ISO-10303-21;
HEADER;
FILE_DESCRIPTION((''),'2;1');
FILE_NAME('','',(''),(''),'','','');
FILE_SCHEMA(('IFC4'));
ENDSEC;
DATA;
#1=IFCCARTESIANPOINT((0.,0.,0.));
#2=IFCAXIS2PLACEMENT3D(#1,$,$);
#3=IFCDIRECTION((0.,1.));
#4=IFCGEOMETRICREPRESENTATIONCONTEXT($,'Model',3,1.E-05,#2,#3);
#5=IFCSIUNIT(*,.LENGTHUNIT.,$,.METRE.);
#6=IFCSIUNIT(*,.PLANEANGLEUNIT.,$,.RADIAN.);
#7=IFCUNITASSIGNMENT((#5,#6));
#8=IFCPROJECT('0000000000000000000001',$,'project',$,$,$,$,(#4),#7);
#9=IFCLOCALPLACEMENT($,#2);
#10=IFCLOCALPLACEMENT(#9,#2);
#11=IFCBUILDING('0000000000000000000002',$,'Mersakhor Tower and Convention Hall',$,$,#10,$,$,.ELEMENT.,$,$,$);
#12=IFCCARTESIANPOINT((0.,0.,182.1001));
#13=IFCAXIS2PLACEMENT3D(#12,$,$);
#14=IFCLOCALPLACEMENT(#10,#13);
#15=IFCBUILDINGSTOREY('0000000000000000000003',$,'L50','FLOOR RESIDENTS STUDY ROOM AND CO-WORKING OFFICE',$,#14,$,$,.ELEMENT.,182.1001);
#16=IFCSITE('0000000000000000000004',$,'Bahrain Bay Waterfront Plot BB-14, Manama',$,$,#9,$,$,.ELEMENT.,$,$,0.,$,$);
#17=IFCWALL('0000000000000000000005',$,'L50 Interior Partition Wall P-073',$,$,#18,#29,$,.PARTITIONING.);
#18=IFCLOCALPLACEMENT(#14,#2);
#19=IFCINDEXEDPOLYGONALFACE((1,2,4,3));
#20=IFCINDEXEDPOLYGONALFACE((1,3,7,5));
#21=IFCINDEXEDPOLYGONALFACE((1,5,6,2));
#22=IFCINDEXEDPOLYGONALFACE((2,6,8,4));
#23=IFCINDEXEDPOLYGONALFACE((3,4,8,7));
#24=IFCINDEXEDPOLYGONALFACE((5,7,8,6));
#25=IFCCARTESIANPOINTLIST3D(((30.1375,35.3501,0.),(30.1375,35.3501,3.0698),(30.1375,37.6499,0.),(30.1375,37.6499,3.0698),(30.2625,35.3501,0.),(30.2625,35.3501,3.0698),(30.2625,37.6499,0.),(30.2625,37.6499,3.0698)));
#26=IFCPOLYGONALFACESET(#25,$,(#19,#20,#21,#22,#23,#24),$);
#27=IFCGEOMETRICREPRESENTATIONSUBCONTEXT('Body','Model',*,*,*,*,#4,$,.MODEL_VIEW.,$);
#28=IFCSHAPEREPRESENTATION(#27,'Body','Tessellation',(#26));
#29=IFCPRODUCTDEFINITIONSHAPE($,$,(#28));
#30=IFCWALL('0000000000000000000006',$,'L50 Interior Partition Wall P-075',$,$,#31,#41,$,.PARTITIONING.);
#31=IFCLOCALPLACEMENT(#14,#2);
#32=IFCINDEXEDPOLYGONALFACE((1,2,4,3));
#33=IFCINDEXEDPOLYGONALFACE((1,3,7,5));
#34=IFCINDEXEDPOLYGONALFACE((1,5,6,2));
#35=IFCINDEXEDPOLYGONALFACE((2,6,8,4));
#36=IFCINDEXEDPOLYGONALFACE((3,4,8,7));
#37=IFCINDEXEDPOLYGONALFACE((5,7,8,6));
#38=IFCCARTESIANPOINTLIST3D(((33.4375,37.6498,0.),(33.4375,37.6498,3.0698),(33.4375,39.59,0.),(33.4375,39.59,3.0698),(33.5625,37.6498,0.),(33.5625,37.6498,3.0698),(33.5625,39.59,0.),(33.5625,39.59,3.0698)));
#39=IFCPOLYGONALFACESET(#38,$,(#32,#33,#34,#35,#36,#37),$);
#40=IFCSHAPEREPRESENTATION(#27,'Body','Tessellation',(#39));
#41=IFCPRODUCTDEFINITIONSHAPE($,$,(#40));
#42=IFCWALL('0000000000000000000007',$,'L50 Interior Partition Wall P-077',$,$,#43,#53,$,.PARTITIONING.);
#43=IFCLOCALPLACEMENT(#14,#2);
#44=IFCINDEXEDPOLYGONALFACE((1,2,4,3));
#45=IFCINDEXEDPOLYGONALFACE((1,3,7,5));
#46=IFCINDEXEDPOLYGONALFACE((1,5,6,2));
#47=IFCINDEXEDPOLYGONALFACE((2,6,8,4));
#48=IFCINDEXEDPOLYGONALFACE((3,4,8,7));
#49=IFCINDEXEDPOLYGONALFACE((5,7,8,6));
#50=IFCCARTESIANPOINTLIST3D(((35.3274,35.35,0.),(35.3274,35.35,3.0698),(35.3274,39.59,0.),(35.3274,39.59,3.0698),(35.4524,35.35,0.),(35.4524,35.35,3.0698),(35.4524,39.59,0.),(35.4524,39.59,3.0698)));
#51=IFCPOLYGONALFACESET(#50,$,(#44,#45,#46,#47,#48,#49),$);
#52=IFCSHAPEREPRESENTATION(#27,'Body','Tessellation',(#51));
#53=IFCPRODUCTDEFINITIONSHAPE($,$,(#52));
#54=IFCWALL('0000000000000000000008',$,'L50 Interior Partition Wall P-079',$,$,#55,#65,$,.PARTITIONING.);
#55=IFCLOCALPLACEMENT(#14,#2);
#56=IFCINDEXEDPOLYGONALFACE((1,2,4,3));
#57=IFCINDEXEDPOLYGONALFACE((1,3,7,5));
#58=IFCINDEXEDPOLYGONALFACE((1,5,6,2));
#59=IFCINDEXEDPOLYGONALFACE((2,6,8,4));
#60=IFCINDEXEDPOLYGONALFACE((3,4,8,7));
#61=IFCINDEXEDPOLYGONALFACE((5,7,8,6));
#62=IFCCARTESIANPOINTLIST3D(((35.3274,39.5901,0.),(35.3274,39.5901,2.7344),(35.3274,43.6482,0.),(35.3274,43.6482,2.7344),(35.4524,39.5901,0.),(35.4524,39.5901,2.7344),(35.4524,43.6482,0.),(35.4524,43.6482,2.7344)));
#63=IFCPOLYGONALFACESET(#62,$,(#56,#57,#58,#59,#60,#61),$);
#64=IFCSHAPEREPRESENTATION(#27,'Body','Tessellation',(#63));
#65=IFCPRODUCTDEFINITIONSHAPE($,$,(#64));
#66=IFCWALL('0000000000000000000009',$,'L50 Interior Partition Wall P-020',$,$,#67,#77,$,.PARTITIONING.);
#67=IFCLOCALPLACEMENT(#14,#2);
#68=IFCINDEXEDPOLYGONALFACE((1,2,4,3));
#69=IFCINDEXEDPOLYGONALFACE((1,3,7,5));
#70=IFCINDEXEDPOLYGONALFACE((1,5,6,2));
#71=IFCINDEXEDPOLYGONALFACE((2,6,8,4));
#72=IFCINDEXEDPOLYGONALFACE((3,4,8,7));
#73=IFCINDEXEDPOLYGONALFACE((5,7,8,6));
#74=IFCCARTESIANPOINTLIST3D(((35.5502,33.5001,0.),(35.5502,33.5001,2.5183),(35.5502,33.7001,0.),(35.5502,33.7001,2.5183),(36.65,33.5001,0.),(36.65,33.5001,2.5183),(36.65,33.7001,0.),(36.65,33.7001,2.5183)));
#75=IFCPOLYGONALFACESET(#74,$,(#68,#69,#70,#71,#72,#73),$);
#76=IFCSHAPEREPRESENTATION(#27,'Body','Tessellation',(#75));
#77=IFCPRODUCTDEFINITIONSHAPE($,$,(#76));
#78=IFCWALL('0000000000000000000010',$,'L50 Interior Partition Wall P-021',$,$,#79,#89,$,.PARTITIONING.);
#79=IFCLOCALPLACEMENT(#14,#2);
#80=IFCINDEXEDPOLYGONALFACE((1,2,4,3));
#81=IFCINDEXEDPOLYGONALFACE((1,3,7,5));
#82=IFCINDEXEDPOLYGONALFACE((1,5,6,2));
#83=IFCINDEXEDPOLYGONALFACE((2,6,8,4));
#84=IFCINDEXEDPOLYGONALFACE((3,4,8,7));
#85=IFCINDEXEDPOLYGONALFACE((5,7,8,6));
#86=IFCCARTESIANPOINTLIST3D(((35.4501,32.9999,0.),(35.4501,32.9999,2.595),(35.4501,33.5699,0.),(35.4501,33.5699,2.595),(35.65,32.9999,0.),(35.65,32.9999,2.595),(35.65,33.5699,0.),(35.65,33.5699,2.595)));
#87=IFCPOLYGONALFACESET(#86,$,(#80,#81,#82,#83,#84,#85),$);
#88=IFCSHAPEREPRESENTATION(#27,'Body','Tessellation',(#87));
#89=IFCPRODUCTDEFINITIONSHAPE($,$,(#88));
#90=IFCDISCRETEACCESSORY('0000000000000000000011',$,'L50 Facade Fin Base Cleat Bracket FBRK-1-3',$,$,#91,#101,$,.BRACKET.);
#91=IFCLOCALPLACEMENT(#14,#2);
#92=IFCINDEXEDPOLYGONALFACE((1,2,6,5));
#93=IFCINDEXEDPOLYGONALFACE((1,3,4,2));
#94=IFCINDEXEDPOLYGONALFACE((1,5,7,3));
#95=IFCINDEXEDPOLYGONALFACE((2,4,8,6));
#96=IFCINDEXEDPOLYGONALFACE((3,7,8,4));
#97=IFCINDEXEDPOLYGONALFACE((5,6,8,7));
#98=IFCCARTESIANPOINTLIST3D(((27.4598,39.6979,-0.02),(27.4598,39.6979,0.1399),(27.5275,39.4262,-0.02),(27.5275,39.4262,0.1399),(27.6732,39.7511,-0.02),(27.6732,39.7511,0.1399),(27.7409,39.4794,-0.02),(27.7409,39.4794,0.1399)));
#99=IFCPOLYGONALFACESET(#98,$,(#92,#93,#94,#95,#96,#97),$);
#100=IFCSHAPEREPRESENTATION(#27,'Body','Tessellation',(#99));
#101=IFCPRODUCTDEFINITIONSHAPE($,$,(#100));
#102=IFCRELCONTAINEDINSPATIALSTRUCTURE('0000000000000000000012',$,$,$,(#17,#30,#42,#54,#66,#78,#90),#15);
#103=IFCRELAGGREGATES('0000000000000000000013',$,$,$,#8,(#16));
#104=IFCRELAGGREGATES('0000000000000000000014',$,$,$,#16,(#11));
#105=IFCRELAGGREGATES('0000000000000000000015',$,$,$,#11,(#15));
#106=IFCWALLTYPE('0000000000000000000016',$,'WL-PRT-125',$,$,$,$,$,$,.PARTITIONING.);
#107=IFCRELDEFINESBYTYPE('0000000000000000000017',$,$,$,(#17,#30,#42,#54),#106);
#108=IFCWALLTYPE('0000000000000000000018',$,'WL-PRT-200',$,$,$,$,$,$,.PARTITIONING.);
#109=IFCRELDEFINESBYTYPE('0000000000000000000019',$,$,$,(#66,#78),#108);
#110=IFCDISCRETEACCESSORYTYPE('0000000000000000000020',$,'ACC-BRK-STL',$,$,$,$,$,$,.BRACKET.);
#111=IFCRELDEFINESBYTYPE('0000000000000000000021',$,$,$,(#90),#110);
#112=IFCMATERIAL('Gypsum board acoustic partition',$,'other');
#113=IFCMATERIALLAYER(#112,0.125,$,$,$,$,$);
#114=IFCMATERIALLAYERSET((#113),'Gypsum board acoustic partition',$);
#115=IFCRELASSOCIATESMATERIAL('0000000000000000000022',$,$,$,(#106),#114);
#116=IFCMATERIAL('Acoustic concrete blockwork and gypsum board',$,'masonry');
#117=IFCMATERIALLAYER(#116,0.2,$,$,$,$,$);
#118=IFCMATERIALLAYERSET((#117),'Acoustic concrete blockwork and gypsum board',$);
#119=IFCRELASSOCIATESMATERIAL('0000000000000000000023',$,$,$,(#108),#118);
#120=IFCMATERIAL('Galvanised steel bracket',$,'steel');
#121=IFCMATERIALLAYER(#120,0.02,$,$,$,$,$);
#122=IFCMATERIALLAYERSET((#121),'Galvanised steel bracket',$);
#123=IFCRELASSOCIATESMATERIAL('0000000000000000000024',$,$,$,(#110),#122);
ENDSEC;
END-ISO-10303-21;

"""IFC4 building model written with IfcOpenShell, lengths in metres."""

from ifc_helpers import new_model, si_unit, direction, frame, frame_2d, origin, origin_2d, place, context, subcontext, project, spatial, rectangle, extrude, material, layer, layer_set, type_object, element, save


model = new_model("IFC4")

# Units and contexts
model_context = context("Model", 3, precision=1e-05, world=origin(), true_north=direction((0.0, 1.0)))
body_context = subcontext(model_context, "Body", "Model", "MODEL_VIEW")
ifc_project = project(units=[si_unit("LENGTHUNIT", "METRE"), si_unit("PLANEANGLEUNIT", "RADIAN")], contexts=[model_context])

# Site, building, storey
site_placement = place(None, origin())
site = spatial("IfcSite", under=ifc_project, at=site_placement, Name="Bahrain Bay Waterfront Plot BB-14, Manama", CompositionType="ELEMENT", RefElevation=0.0)
building_placement = place(site_placement, origin())
building = spatial("IfcBuilding", under=site, at=building_placement, Name="Mersakhor Tower and Convention Hall", CompositionType="ELEMENT")
storey_placement = place(building_placement, frame((0.0, 0.0, 182.1001)))
storey = spatial("IfcBuildingStorey", under=building, at=storey_placement, Name="L50", Description="FLOOR RESIDENTS STUDY ROOM AND CO-WORKING OFFICE", CompositionType="ELEMENT", Elevation=182.1001)

# Walls
ifc_material_1 = material(Name="Gypsum board acoustic partition", Category="other")
ifc_layer_1 = layer(ifc_material_1, 0.125)
ifc_layer_set_1 = layer_set([ifc_layer_1], Name="Gypsum board acoustic partition")
wall_type_1 = type_object("IfcWallType", Name="WL-PRT-125", PredefinedType="PARTITIONING", material=ifc_layer_set_1)
wall_1_placement = place(storey_placement, frame((30.2, 37.6499, 0.0), z_axis=(0.0, 0.0, 1.0), x_axis=(0.0, -1.0, 0.0)))
element("IfcWall", 1, at=wall_1_placement, inside=storey, type_object=wall_type_1, Name="L50 Interior Partition Wall P-073", PredefinedType="PARTITIONING", context=body_context, shape_type="SweptSolid", body=[
    extrude(rectangle(XDim=2.2998, YDim=0.125, at=frame_2d((1.1499, 0.0))), origin(), (0.0, 0.0, 1.0), 3.0698),
])
wall_2_placement = place(storey_placement, frame((33.5, 39.5901, 0.0), z_axis=(0.0, 0.0, 1.0), x_axis=(0.0, -1.0, 0.0)))
element("IfcWall", 2, at=wall_2_placement, inside=storey, type_object=wall_type_1, Name="L50 Interior Partition Wall P-075", PredefinedType="PARTITIONING", context=body_context, shape_type="SweptSolid", body=[
    extrude(rectangle(XDim=1.9402, YDim=0.125, at=frame_2d((0.9702, 0.0))), origin(), (0.0, 0.0, 1.0), 3.0698),
])
wall_3_placement = place(storey_placement, frame((35.3899, 39.5901, 0.0), z_axis=(0.0, 0.0, 1.0), x_axis=(0.0, -1.0, 0.0)))
element("IfcWall", 3, at=wall_3_placement, inside=storey, type_object=wall_type_1, Name="L50 Interior Partition Wall P-077", PredefinedType="PARTITIONING", context=body_context, shape_type="SweptSolid", body=[
    extrude(rectangle(XDim=4.24, YDim=0.125, at=frame_2d((2.1201, 0.0))), origin(), (0.0, 0.0, 1.0), 3.0698),
])
wall_4_placement = place(storey_placement, frame((35.3899, 43.6482, 0.0), z_axis=(0.0, 0.0, 1.0), x_axis=(0.0, -1.0, 0.0)))
element("IfcWall", 4, at=wall_4_placement, inside=storey, type_object=wall_type_1, Name="L50 Interior Partition Wall P-079", PredefinedType="PARTITIONING", context=body_context, shape_type="SweptSolid", body=[
    extrude(rectangle(XDim=4.0581, YDim=0.125, at=frame_2d((2.0291, 0.0))), origin(), (0.0, 0.0, 1.0), 2.7344),
])
ifc_material_2 = material(Name="Acoustic concrete blockwork and gypsum board", Category="masonry")
ifc_layer_2 = layer(ifc_material_2, 0.2)
ifc_layer_set_2 = layer_set([ifc_layer_2], Name="Acoustic concrete blockwork and gypsum board")
wall_type_2 = type_object("IfcWallType", Name="WL-PRT-200", PredefinedType="PARTITIONING", material=ifc_layer_set_2)
wall_5_placement = place(storey_placement, frame((36.6499, 33.6001, 0.0), z_axis=(0.0, 0.0, 1.0), x_axis=(-1.0, 0.0, 0.0)))
element("IfcWall", 5, at=wall_5_placement, inside=storey, type_object=wall_type_2, Name="L50 Interior Partition Wall P-020", PredefinedType="PARTITIONING", context=body_context, shape_type="SweptSolid", body=[
    extrude(rectangle(XDim=1.0999, YDim=0.2, at=frame_2d((0.5498, 0.0))), origin(), (0.0, 0.0, 1.0), 2.5183),
])
wall_6_placement = place(storey_placement, frame((35.55, 33.5701, 0.0), z_axis=(0.0, 0.0, 1.0), x_axis=(0.0, -1.0, 0.0)))
element("IfcWall", 6, at=wall_6_placement, inside=storey, type_object=wall_type_2, Name="L50 Interior Partition Wall P-021", PredefinedType="PARTITIONING", context=body_context, shape_type="SweptSolid", body=[
    extrude(rectangle(XDim=0.5701, YDim=0.2, at=frame_2d((0.2852, 0.0))), origin(), (0.0, 0.0, 1.0), 2.595),
])

# Discrete accessory
ifc_material_3 = material(Name="Galvanised steel bracket", Category="steel")
ifc_layer_3 = layer(ifc_material_3, 0.02)
ifc_layer_set_3 = layer_set([ifc_layer_3], Name="Galvanised steel bracket")
discrete_accessory_type = type_object("IfcDiscreteAccessoryType", Name="ACC-BRK-STL", PredefinedType="BRACKET", material=ifc_layer_set_3)
discrete_accessory_placement = place(storey_placement, frame((27.6003, 39.5886, -0.02), z_axis=(0.0, 0.0, 1.0), x_axis=(-0.241922, 0.970296, 0.0)))
element("IfcDiscreteAccessory", 7, at=discrete_accessory_placement, inside=storey, type_object=discrete_accessory_type, Name="L50 Facade Fin Base Cleat Bracket FBRK-1-3", PredefinedType="BRACKET", context=body_context, shape_type="SweptSolid", body=[
    extrude(rectangle(XDim=0.28, YDim=0.22, at=origin_2d()), origin(), (0.0, 0.0, 1.0), 0.1599),
])

save(model, "model.ifc")
